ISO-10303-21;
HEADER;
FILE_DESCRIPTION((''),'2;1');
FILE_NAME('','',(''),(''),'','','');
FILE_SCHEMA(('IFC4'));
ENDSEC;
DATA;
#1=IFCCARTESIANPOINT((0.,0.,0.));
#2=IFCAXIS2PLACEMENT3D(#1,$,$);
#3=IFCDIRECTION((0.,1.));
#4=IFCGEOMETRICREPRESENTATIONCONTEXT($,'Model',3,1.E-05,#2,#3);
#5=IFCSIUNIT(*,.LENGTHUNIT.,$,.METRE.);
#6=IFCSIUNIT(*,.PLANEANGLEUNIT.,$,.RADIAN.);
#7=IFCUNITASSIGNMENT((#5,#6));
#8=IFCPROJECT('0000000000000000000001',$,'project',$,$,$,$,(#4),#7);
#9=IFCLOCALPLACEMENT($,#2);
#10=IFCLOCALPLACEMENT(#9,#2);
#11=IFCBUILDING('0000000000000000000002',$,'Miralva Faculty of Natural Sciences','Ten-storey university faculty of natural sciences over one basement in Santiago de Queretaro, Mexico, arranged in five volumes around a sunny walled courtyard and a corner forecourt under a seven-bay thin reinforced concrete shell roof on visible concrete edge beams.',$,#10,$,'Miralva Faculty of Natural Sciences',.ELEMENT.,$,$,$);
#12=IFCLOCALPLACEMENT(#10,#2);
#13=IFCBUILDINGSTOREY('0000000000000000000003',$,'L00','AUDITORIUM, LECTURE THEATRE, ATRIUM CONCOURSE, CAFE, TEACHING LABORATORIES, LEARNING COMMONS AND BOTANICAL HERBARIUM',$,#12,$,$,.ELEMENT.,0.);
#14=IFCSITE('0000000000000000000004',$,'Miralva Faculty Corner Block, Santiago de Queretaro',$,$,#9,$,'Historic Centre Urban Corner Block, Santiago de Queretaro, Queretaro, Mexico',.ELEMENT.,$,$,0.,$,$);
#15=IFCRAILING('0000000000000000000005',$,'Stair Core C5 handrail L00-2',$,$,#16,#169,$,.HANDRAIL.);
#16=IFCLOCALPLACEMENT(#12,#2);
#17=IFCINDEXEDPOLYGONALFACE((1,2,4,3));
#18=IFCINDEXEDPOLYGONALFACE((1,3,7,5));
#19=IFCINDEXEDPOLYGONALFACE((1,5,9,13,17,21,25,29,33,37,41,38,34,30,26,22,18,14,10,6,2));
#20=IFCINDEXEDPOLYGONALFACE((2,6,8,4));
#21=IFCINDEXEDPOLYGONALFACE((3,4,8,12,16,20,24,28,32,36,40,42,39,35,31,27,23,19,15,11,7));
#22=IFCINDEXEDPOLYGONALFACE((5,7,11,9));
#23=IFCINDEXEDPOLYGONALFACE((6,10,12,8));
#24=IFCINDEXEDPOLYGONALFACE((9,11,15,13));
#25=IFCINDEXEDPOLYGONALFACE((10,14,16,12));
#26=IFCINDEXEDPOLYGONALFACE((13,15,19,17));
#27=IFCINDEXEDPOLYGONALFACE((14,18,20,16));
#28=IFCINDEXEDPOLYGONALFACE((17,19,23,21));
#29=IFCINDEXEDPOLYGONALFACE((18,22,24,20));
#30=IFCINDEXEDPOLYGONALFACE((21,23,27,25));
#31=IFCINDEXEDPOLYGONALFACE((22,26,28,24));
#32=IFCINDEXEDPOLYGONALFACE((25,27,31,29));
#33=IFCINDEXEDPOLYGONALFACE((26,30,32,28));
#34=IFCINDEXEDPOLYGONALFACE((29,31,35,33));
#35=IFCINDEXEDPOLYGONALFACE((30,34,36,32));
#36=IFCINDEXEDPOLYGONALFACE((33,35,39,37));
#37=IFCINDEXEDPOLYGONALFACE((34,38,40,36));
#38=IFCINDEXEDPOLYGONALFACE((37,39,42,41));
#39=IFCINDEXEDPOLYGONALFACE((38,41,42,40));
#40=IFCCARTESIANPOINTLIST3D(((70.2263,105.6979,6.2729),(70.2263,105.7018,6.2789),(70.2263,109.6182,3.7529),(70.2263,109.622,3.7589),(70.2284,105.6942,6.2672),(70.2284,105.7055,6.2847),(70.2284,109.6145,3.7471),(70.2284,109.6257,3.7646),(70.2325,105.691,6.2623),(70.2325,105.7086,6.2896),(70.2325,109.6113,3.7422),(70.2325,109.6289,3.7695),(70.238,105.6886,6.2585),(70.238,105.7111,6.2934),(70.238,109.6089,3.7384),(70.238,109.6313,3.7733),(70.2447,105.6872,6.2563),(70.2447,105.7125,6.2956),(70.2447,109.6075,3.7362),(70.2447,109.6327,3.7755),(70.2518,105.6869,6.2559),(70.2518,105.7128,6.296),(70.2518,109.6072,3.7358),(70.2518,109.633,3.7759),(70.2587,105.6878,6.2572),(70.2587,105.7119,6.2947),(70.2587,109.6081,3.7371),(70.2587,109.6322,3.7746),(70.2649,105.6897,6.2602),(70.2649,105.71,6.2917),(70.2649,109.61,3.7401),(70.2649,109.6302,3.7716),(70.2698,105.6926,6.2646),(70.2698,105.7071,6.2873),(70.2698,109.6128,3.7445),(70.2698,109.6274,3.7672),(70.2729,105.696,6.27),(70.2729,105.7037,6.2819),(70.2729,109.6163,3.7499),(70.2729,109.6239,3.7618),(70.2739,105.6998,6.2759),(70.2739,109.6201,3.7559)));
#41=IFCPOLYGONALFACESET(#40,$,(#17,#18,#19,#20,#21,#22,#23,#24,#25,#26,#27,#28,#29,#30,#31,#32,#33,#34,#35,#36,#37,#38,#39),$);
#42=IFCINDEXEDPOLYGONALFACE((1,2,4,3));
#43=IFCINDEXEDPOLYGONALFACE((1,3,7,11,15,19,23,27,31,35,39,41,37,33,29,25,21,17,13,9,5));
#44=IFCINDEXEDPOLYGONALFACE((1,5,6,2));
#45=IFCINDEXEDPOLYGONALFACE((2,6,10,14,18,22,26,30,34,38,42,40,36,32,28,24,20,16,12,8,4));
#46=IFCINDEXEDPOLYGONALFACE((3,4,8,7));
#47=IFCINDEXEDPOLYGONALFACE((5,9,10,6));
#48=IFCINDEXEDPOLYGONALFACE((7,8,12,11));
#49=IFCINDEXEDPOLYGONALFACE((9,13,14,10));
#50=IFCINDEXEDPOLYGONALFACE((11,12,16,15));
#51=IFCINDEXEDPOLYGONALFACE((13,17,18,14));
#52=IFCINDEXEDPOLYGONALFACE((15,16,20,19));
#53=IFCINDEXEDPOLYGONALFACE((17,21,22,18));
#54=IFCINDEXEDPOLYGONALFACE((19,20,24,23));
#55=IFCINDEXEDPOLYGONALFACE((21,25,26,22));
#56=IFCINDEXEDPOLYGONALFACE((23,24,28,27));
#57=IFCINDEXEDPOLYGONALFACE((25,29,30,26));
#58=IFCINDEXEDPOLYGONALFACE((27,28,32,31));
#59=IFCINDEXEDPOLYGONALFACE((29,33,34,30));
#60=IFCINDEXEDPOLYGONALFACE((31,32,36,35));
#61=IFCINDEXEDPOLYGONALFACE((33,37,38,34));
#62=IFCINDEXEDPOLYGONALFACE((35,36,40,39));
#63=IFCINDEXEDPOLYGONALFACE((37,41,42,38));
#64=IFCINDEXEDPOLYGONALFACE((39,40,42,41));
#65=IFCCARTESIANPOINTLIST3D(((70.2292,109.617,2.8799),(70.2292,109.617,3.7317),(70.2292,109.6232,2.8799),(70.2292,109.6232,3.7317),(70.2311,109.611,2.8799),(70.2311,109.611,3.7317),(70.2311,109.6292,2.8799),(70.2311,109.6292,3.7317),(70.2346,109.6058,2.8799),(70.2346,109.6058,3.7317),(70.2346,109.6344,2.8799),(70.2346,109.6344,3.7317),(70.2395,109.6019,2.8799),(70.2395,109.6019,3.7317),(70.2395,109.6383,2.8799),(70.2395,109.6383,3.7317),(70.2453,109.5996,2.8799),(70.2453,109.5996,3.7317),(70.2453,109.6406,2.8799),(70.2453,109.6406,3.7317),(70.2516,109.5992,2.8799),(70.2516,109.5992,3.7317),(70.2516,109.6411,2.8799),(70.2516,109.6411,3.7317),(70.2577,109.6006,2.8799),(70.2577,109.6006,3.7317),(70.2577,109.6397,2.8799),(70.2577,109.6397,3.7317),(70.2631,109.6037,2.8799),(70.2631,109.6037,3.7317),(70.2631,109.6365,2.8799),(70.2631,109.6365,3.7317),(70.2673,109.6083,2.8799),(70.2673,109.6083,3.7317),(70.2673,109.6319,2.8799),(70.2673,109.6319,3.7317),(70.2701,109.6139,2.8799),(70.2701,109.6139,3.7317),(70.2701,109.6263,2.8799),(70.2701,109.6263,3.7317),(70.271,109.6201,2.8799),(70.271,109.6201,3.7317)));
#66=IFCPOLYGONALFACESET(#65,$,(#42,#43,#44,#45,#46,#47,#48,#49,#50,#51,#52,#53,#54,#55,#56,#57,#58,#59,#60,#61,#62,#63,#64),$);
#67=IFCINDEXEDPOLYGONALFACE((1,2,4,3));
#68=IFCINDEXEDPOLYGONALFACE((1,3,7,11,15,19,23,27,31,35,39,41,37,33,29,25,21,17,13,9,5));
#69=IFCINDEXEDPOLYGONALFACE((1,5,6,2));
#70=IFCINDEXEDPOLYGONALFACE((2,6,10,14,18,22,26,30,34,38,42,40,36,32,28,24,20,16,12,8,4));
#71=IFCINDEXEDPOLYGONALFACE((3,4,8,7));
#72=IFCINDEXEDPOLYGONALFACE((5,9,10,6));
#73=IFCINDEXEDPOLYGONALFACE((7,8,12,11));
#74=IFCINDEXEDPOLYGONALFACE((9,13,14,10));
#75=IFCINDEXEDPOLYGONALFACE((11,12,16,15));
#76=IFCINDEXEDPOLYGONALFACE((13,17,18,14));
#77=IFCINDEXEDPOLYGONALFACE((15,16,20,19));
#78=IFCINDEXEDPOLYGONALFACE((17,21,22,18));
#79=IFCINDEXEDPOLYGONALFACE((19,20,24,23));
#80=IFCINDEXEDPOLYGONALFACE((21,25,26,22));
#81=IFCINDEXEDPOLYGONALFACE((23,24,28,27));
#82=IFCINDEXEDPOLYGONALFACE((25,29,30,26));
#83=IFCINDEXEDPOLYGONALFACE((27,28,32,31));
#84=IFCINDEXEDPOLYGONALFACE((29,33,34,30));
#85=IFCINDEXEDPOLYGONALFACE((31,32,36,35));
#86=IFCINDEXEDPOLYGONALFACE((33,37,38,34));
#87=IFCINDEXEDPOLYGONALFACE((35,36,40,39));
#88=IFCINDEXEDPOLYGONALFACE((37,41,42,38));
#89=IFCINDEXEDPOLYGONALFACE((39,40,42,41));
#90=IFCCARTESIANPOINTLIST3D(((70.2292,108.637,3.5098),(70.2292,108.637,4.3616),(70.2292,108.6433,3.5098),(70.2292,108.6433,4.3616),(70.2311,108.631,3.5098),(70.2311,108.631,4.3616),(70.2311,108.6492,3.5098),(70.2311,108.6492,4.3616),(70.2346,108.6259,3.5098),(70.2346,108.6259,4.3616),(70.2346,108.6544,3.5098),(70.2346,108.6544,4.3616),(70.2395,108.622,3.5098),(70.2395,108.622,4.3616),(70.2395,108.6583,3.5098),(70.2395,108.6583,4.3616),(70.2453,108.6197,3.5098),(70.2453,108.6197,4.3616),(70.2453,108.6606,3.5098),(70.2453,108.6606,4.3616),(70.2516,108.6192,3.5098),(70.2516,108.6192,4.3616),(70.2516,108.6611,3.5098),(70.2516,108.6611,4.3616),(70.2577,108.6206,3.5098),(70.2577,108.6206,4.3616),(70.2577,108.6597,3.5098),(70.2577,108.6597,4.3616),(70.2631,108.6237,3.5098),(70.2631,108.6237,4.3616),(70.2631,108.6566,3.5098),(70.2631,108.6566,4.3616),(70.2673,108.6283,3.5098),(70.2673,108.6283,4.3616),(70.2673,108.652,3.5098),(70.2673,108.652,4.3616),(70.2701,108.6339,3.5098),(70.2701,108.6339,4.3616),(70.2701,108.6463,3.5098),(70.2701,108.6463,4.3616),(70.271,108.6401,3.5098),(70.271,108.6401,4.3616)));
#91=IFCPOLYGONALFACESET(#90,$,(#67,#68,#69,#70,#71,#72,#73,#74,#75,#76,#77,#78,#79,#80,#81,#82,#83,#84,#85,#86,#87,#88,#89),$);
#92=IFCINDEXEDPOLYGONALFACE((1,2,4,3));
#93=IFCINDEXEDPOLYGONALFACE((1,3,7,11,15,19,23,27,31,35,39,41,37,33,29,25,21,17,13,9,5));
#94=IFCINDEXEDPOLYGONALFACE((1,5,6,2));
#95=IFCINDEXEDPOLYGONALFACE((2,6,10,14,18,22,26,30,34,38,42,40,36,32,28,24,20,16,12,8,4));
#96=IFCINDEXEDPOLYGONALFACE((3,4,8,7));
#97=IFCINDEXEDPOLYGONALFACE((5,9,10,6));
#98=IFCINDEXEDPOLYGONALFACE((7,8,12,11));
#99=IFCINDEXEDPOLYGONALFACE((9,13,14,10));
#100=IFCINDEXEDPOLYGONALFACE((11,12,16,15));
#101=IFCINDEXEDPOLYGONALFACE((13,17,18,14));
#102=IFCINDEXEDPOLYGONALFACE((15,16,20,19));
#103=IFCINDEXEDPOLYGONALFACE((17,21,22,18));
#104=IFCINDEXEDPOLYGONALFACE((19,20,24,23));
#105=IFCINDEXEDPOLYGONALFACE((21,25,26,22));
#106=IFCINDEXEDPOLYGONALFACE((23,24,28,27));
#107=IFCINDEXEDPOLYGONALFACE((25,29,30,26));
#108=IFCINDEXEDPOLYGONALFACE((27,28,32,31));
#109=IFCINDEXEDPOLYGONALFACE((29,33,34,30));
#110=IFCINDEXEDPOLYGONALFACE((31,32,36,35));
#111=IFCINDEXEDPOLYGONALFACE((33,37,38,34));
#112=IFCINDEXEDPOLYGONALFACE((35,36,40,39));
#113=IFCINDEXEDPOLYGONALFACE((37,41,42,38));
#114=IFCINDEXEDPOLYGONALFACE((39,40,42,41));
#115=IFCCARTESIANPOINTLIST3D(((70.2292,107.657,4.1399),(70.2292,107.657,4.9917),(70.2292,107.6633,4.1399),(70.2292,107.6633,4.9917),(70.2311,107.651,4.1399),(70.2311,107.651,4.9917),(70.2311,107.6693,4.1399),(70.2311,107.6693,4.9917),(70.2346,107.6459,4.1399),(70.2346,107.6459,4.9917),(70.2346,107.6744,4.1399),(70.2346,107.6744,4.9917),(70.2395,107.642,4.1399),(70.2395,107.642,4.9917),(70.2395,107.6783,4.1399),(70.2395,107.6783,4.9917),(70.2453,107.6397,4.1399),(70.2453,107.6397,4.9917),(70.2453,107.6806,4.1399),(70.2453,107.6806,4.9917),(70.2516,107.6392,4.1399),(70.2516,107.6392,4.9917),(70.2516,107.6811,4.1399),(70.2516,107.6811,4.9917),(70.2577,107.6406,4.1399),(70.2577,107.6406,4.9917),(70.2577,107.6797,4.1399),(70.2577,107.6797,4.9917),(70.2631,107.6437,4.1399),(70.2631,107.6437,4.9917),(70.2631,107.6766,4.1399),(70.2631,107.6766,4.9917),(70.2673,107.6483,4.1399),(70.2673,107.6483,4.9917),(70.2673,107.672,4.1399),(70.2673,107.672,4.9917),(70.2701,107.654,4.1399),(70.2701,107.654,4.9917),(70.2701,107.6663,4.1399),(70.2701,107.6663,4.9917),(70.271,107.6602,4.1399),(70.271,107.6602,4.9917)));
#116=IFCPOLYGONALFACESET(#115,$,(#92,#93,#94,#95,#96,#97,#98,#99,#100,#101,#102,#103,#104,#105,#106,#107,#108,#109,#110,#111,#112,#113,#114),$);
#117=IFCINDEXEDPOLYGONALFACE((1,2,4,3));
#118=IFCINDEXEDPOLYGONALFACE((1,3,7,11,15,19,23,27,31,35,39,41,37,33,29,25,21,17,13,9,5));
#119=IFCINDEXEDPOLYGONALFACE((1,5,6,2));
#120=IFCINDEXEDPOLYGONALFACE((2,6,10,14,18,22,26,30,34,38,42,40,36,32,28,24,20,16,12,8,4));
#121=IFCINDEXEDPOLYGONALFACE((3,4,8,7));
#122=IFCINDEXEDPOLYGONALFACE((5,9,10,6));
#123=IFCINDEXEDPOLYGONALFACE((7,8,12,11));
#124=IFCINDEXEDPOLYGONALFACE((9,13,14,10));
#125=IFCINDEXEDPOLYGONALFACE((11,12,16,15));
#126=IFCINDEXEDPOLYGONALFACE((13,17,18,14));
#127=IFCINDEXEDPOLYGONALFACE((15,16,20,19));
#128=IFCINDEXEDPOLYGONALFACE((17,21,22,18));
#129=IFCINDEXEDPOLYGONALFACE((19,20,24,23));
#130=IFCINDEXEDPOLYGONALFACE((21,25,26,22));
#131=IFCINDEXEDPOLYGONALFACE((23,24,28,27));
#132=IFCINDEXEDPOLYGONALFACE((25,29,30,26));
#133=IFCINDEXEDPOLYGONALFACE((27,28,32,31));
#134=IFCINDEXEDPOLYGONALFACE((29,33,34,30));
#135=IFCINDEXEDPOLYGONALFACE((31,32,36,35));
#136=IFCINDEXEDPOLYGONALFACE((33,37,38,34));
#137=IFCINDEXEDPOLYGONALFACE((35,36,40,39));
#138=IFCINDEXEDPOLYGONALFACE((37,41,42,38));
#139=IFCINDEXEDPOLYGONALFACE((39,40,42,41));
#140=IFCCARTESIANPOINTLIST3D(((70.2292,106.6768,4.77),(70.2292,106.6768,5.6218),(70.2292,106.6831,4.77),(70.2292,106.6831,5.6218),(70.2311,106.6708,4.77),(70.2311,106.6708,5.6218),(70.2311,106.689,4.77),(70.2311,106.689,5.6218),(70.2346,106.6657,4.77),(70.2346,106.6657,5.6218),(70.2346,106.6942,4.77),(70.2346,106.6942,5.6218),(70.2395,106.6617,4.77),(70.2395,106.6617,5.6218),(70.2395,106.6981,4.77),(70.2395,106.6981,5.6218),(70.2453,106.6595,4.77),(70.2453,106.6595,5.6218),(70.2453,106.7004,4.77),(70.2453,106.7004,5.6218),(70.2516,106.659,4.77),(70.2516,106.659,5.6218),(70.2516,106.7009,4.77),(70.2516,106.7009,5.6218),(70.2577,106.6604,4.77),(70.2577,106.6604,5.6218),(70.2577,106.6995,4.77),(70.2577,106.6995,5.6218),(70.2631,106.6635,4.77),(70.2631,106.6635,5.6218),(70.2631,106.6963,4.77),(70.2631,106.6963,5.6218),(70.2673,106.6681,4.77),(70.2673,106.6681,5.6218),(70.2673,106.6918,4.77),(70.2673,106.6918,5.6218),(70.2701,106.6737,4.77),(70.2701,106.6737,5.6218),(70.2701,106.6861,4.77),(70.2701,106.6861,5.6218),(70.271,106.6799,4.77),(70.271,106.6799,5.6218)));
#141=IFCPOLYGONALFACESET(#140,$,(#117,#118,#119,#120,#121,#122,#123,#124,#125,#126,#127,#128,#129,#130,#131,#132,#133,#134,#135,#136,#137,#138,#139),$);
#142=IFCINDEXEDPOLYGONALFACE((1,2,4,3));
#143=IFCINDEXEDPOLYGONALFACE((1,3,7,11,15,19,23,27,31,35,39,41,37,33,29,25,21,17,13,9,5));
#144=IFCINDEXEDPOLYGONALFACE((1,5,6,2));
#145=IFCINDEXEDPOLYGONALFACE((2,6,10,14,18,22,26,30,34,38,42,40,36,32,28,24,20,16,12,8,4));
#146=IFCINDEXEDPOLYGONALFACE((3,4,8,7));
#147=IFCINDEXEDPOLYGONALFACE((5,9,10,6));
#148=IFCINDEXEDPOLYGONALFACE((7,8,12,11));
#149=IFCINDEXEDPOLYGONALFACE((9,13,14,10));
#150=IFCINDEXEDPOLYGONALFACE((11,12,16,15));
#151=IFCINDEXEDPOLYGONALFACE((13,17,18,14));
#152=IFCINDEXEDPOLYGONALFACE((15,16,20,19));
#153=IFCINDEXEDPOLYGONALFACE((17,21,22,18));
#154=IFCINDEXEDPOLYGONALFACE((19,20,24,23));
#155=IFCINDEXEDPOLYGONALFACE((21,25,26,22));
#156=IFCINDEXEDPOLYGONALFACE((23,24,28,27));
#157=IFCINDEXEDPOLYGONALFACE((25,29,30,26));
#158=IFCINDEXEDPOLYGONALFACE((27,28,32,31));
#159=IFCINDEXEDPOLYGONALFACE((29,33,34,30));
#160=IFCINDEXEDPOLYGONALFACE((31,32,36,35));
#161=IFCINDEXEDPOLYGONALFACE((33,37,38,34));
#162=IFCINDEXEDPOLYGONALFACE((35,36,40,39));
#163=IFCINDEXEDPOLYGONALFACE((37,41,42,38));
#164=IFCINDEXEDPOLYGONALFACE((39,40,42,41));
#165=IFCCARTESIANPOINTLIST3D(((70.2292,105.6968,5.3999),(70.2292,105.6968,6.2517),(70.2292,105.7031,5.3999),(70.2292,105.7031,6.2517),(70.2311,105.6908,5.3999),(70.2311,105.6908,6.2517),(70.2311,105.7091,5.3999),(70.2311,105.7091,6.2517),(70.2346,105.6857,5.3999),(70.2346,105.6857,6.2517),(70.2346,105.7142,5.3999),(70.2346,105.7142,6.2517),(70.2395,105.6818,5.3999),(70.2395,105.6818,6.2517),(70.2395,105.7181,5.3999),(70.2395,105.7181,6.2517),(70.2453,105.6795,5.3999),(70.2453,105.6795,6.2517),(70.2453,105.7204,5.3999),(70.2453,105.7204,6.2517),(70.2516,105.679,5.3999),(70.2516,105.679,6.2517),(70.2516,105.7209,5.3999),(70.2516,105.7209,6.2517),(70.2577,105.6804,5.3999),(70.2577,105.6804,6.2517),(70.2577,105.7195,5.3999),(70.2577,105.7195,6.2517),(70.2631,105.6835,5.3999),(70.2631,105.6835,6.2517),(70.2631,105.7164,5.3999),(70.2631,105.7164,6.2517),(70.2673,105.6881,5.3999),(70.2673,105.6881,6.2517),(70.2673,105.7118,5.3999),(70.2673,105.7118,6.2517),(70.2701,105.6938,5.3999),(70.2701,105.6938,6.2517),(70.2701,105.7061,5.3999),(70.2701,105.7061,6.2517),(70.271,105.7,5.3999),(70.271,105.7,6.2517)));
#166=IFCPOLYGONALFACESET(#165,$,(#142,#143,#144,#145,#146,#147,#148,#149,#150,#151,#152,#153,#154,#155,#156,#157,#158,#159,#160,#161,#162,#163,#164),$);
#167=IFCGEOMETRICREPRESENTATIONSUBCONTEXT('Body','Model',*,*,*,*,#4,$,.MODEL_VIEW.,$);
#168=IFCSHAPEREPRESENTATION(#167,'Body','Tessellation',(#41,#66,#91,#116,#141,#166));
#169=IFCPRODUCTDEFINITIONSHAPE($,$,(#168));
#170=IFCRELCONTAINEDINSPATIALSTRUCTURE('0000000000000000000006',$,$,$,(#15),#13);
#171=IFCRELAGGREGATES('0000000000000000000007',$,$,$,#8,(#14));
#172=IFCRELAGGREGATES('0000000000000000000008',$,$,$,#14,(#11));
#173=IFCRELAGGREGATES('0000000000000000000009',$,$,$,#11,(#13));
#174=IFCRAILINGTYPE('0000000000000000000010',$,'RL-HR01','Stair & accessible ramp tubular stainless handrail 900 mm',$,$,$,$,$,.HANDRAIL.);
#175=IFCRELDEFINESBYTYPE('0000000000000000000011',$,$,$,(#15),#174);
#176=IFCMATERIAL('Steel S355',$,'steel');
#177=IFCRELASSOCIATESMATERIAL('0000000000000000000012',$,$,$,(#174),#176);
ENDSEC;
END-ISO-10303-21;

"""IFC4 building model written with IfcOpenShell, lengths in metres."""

from ifc_helpers import new_model, si_unit, direction, frame, origin, origin_2d, place, context, subcontext, project, spatial, circle, extrude, material, type_object, element, save


model = new_model("IFC4")

# Units and contexts
model_context = context("Model", 3, precision=1e-05, world=origin(), true_north=direction((0.0, 1.0)))
body_context = subcontext(model_context, "Body", "Model", "MODEL_VIEW")
ifc_project = project(units=[si_unit("LENGTHUNIT", "METRE"), si_unit("PLANEANGLEUNIT", "RADIAN")], contexts=[model_context])

# Site, building, storey
site_placement = place(None, origin())
site = spatial("IfcSite", under=ifc_project, at=site_placement, Name="Miralva Faculty Corner Block, Santiago de Queretaro", LongName="Historic Centre Urban Corner Block, Santiago de Queretaro, Queretaro, Mexico", CompositionType="ELEMENT", RefElevation=0.0)
building_placement = place(site_placement, origin())
building = spatial("IfcBuilding", under=site, at=building_placement, Name="Miralva Faculty of Natural Sciences", Description="Ten-storey university faculty of natural sciences over one basement in Santiago de Queretaro, Mexico, arranged in five volumes around a sunny walled courtyard and a corner forecourt under a seven-bay thin reinforced concrete shell roof on visible concrete edge beams.", LongName="Miralva Faculty of Natural Sciences", CompositionType="ELEMENT")
storey_placement = place(building_placement, origin())
storey = spatial("IfcBuildingStorey", under=building, at=storey_placement, Name="L00", Description="AUDITORIUM, LECTURE THEATRE, ATRIUM CONCOURSE, CAFE, TEACHING LABORATORIES, LEARNING COMMONS AND BOTANICAL HERBARIUM", CompositionType="ELEMENT", Elevation=0.0)

# Railing
ifc_material_1 = material(Name="Steel S355", Category="steel")
railing_type_1 = type_object("IfcRailingType", Name="RL-HR01", Description="Stair & accessible ramp tubular stainless handrail 900 mm", PredefinedType="HANDRAIL", material=ifc_material_1)
railing_1_placement = place(storey_placement, frame((70.25, 109.6201, 2.8799)))
element("IfcRailing", 1, at=railing_1_placement, inside=storey, type_object=railing_type_1, Name="Stair Core C5 handrail L00-2", PredefinedType="HANDRAIL", context=body_context, shape_type="SweptSolid", body=[
    extrude(circle(Radius=0.0239, at=origin_2d()), frame((0.0, 0.0, 0.876), z_axis=(0.0, -0.841187, 0.540744), x_axis=(1.0, 0.0, 0.0)), (0.0, 0.0, 1.0), 4.6604),
    extrude(circle(Radius=0.021, at=origin_2d()), origin(), (0.0, 0.0, 1.0), 0.8518),
    extrude(circle(Radius=0.021, at=origin_2d()), frame((0.0, -0.98, 0.6299)), (0.0, 0.0, 1.0), 0.8518),
    extrude(circle(Radius=0.021, at=origin_2d()), frame((0.0, -1.96, 1.26)), (0.0, 0.0, 1.0), 0.8518),
    extrude(circle(Radius=0.021, at=origin_2d()), frame((0.0, -2.9402, 1.8901)), (0.0, 0.0, 1.0), 0.8518),
    extrude(circle(Radius=0.021, at=origin_2d()), frame((0.0, -3.9202, 2.52)), (0.0, 0.0, 1.0), 0.8518),
])

save(model, "model.ifc")
